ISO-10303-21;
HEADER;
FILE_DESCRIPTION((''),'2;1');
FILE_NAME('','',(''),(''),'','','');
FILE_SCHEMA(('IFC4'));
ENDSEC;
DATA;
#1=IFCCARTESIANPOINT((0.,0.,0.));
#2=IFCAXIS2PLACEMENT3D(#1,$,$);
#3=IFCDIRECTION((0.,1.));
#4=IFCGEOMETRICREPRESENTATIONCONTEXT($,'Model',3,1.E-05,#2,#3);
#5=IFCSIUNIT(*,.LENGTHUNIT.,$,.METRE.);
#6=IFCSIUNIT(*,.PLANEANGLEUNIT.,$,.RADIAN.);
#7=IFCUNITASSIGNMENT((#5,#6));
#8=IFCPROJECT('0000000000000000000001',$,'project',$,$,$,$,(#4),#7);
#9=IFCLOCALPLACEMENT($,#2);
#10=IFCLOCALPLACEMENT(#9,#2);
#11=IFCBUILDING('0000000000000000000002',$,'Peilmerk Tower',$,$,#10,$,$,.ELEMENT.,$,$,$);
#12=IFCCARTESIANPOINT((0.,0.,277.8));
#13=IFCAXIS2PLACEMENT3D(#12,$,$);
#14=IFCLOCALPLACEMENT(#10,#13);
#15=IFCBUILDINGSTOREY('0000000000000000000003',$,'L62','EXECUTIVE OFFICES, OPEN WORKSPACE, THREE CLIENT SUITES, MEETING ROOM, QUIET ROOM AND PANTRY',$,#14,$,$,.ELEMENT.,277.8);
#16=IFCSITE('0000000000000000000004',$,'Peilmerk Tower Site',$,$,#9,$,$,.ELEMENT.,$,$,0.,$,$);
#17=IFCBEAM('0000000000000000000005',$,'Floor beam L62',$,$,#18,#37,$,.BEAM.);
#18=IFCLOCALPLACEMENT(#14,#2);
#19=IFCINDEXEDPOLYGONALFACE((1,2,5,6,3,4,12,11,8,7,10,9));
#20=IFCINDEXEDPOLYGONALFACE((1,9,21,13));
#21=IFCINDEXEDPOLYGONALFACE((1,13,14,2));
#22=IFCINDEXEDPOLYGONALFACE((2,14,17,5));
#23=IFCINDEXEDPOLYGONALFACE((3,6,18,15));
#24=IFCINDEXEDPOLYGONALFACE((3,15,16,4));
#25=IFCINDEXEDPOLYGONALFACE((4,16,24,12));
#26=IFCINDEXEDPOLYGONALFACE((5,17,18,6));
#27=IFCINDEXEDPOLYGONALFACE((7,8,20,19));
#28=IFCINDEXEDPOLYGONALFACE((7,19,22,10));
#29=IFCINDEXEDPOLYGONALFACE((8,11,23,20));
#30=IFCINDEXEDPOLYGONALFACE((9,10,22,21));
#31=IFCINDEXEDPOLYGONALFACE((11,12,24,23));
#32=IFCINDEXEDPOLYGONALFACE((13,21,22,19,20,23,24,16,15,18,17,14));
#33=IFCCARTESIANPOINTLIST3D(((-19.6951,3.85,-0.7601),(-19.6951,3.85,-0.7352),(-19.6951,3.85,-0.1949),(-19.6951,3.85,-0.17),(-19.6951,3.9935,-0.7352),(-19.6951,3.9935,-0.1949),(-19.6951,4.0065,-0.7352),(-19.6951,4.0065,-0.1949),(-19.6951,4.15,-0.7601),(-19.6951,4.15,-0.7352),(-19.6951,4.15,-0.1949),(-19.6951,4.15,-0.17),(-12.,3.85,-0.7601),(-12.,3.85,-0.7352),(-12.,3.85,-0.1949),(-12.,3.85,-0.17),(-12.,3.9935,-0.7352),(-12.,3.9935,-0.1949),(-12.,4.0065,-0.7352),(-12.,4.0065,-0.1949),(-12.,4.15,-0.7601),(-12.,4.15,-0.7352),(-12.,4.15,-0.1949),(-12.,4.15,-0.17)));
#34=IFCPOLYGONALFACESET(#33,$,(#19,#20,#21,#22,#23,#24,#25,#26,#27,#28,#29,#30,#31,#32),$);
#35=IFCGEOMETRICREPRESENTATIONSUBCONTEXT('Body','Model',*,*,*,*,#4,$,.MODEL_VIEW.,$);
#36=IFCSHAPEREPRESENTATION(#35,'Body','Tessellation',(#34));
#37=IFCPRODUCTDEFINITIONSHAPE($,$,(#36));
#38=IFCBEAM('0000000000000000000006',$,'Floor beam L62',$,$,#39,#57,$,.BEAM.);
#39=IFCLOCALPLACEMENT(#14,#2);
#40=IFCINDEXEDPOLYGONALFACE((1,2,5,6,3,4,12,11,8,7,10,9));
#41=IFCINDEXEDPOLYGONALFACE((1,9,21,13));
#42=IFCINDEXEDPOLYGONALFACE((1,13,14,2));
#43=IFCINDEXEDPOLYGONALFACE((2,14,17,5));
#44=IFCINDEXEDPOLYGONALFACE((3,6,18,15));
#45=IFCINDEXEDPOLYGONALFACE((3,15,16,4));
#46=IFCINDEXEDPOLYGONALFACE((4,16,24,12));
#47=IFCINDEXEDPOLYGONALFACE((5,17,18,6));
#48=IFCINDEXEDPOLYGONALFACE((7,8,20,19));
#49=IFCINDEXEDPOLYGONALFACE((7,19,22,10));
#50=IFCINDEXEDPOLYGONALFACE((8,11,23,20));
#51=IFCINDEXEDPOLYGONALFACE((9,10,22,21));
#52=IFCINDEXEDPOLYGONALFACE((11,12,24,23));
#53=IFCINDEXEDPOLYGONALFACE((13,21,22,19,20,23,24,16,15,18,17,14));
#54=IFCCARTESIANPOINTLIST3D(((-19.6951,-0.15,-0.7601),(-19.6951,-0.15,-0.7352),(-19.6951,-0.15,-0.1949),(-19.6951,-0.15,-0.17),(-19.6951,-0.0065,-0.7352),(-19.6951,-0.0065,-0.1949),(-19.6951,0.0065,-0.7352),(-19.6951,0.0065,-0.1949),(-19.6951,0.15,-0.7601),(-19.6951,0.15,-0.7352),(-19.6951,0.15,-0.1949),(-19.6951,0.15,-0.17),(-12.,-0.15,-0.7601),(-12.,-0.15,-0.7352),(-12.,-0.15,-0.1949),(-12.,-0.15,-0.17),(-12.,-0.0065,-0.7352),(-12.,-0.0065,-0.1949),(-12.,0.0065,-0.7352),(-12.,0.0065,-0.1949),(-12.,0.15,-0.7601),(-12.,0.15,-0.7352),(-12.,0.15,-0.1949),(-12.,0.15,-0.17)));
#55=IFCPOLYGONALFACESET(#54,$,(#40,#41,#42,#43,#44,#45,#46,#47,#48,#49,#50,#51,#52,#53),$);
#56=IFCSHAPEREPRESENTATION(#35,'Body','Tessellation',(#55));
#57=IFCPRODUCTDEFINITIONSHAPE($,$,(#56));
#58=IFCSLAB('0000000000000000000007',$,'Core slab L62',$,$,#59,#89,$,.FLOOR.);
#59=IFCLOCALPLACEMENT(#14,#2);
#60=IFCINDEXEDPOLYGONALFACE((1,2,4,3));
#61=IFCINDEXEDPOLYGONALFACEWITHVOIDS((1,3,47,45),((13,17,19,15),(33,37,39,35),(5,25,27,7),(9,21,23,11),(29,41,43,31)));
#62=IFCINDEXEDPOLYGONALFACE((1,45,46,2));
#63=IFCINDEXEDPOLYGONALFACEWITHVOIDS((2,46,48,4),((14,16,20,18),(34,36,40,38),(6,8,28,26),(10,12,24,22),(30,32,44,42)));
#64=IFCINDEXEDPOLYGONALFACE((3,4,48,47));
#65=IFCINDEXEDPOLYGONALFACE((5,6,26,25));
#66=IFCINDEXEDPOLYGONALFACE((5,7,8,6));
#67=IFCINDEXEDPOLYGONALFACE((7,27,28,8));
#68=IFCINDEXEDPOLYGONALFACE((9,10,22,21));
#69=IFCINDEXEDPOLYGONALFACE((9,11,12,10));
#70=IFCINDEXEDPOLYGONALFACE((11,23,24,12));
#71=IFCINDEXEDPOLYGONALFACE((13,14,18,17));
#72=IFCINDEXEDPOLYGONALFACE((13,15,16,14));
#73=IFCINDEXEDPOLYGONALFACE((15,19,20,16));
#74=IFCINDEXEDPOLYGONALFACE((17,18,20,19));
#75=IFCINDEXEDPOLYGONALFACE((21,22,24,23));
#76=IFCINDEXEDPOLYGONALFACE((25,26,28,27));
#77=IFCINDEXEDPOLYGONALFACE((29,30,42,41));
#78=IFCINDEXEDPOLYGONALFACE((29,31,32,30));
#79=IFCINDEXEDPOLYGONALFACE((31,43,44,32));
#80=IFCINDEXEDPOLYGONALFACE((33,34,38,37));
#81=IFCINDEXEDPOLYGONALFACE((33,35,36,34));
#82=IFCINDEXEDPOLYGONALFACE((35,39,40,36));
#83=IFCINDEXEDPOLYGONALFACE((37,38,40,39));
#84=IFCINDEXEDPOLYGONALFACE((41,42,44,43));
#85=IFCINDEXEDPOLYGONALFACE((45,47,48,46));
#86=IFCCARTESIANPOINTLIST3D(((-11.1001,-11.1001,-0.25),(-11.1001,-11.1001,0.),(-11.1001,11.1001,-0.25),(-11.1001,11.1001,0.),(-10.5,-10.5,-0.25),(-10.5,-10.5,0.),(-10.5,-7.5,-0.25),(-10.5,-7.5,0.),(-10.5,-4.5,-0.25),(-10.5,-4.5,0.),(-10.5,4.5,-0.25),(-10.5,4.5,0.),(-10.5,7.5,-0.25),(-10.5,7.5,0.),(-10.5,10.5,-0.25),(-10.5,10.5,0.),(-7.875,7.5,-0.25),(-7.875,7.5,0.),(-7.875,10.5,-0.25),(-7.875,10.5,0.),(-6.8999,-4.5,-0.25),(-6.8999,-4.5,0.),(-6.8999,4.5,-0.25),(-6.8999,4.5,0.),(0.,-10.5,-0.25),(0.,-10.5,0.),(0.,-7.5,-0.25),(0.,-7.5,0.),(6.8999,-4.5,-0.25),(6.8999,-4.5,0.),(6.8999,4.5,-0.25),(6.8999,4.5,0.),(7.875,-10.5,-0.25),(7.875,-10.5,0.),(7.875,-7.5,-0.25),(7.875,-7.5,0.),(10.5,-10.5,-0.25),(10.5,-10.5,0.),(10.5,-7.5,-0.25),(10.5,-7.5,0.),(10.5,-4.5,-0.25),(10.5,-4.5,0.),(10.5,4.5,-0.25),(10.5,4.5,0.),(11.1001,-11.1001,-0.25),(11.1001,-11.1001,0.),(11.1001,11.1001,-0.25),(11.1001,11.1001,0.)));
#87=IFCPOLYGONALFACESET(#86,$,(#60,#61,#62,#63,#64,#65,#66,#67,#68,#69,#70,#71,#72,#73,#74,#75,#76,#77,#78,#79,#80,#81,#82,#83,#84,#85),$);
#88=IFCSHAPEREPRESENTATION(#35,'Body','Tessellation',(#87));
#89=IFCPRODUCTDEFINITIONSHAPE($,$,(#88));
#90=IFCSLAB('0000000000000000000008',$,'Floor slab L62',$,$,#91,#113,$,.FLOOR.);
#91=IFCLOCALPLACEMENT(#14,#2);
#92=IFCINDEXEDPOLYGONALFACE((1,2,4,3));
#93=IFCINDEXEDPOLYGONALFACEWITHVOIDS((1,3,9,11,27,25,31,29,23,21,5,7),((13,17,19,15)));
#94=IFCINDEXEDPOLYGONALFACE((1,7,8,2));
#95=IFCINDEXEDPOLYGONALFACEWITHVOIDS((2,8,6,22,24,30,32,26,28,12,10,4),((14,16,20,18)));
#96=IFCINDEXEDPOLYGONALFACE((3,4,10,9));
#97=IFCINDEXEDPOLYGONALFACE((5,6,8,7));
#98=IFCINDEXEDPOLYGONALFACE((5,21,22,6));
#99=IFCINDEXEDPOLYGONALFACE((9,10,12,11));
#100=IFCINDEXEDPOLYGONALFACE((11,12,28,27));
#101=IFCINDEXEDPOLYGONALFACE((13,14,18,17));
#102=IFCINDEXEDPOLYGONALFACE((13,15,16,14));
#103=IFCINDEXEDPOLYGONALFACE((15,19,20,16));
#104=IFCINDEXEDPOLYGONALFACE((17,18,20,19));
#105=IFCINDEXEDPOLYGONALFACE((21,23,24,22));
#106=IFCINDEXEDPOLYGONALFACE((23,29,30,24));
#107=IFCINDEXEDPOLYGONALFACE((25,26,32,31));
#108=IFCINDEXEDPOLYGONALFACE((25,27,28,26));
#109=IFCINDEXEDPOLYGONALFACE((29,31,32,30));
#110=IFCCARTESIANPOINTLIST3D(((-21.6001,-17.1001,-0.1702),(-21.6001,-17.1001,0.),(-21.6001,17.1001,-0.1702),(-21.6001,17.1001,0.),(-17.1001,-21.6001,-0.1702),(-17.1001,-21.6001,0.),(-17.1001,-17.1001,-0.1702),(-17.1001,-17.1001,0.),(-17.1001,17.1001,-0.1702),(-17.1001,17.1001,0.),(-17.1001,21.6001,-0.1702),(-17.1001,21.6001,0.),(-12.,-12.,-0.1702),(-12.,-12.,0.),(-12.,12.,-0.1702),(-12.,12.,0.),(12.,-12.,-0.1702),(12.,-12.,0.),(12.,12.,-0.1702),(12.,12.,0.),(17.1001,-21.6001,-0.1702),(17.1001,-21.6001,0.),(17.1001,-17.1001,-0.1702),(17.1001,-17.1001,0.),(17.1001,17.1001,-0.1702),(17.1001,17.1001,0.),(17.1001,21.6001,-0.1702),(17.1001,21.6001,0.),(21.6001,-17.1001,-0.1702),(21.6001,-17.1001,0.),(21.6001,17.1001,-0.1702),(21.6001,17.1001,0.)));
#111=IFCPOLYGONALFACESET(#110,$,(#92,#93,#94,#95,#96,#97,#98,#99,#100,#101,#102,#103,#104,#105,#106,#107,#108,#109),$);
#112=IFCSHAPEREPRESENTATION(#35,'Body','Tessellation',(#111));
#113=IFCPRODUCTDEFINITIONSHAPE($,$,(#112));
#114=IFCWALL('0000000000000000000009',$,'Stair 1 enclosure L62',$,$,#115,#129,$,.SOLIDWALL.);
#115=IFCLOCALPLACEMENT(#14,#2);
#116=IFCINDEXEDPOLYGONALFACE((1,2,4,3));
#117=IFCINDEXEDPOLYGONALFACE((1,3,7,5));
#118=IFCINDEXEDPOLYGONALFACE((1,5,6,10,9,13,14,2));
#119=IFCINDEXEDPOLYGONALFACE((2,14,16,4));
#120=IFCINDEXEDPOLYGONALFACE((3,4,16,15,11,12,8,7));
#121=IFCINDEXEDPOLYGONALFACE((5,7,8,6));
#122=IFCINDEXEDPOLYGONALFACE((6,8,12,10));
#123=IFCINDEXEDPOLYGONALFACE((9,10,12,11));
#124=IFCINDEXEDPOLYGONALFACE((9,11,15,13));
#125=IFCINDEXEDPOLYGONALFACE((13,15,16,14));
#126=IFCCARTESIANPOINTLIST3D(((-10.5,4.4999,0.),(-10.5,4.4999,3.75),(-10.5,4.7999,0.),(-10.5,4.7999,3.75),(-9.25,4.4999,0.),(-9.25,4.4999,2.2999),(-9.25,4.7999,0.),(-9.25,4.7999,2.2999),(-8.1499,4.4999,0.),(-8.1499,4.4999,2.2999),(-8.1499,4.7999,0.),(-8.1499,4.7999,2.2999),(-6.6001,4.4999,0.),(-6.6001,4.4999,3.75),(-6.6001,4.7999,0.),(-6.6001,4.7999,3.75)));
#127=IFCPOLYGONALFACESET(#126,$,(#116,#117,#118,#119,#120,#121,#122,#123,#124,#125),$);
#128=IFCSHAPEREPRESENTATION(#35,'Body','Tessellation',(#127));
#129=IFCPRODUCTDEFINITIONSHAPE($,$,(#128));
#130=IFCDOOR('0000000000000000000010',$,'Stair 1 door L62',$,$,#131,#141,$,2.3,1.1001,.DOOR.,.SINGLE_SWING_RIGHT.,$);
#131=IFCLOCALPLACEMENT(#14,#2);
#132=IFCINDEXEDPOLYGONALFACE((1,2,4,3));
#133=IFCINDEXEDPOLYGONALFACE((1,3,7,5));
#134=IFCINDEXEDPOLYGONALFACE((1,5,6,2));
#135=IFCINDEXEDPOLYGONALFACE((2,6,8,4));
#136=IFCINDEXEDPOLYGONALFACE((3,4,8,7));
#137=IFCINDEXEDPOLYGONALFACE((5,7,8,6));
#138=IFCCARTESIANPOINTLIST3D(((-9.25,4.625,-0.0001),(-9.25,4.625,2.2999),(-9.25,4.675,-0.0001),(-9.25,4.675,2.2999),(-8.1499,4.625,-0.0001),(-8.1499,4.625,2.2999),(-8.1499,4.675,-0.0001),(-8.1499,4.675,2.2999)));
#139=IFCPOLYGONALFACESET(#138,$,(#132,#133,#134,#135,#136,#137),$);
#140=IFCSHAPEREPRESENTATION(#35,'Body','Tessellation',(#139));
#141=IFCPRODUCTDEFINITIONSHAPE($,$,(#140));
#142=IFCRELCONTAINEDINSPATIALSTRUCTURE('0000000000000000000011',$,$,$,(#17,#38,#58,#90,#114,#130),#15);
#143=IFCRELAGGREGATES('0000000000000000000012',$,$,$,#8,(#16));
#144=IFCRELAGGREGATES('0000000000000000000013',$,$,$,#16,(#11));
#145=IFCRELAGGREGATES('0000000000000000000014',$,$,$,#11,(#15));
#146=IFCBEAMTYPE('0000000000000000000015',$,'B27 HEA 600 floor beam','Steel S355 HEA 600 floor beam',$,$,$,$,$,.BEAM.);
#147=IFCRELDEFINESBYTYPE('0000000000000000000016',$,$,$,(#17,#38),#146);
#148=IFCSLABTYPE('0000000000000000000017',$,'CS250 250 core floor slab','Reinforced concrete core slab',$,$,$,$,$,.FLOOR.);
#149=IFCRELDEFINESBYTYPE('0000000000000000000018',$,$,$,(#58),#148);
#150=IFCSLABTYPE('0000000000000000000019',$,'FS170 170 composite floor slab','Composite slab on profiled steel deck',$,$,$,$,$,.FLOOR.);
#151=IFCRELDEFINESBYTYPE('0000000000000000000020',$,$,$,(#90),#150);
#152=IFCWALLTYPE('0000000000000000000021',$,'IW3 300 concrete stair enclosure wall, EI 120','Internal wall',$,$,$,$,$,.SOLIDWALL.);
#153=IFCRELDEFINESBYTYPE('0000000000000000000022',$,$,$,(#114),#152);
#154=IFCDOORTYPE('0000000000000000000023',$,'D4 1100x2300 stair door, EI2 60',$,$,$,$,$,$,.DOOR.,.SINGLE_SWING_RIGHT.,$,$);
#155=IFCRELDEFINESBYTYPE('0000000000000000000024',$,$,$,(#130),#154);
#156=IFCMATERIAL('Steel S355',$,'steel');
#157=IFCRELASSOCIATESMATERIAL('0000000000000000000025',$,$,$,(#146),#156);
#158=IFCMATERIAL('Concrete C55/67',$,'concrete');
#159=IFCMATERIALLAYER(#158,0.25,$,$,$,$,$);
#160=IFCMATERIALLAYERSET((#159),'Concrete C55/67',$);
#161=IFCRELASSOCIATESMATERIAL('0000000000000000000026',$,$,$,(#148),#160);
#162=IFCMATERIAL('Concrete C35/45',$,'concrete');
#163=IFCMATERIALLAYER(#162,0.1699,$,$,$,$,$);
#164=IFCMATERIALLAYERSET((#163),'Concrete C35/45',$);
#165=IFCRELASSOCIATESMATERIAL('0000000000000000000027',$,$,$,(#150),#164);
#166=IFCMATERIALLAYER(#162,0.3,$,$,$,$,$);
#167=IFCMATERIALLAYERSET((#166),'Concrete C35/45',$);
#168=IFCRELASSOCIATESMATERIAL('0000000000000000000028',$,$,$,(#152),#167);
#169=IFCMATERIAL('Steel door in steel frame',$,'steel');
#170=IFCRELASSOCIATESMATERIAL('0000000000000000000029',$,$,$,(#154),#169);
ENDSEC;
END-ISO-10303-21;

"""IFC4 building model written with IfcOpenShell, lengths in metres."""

from ifc_helpers import new_model, si_unit, direction, frame, frame_2d, origin, origin_2d, place, context, subcontext, project, spatial, polyline, rectangle, i_section, outline, extrude, material, layer, layer_set, material_profile, profile_set, type_object, element, fill, save


model = new_model("IFC4")

# Units and contexts
model_context = context("Model", 3, precision=1e-05, world=origin(), true_north=direction((0.0, 1.0)))
body_context = subcontext(model_context, "Body", "Model", "MODEL_VIEW")
ifc_project = project(units=[si_unit("LENGTHUNIT", "METRE"), si_unit("PLANEANGLEUNIT", "RADIAN")], contexts=[model_context])

# Site, building, storey
site_placement = place(None, origin())
site = spatial("IfcSite", under=ifc_project, at=site_placement, Name="Peilmerk Tower Site", CompositionType="ELEMENT", RefElevation=0.0)
building_placement = place(site_placement, origin())
building = spatial("IfcBuilding", under=site, at=building_placement, Name="Peilmerk Tower", CompositionType="ELEMENT")
storey_placement = place(building_placement, frame((0.0, 0.0, 277.8)))
storey = spatial("IfcBuildingStorey", under=building, at=storey_placement, Name="L62", Description="EXECUTIVE OFFICES, OPEN WORKSPACE, THREE CLIENT SUITES, MEETING ROOM, QUIET ROOM AND PANTRY", CompositionType="ELEMENT", Elevation=277.8)

# Beams
ifc_material_1 = material(Name="Steel S355", Category="steel")
ifc_material_profile = material_profile(ifc_material_1, i_section(OverallWidth=0.3, OverallDepth=0.5901, WebThickness=0.0129, FlangeThickness=0.0249, at=origin_2d()), Name="HEA 600")
ifc_profile_set = profile_set([ifc_material_profile], Name="Steel S355")
beam_type = type_object("IfcBeamType", Name="B27 HEA 600 floor beam", Description="Steel S355 HEA 600 floor beam", PredefinedType="BEAM", material=ifc_profile_set)
for number, where, z_axis, x_axis, name in (
    (1, (-12.0, 4.0, -0.4651), (-1.0, 0.0, 0.0), (0.0, -1.0, 0.0), "Floor beam L62"),
    (2, (-12.0, 0.0, -0.4651), (-1.0, 0.0, 0.0), (0.0, -1.0, 0.0), "Floor beam L62"),
):
    element("IfcBeam", number, at=place(storey_placement, frame(where, z_axis=z_axis, x_axis=x_axis)), inside=storey, type_object=beam_type, Name=name, PredefinedType="BEAM", context=body_context, shape_type="SweptSolid", body=[
        extrude(i_section(OverallWidth=0.3, OverallDepth=0.5901, WebThickness=0.0129, FlangeThickness=0.0249, at=origin_2d()), origin(), (0.0, 0.0, 1.0), 7.6951),
    ])

# Slabs
ifc_material_2 = material(Name="Concrete C55/67", Category="concrete")
ifc_layer_1 = layer(ifc_material_2, 0.25)
ifc_layer_set_1 = layer_set([ifc_layer_1], Name="Concrete C55/67")
slab_type_1 = type_object("IfcSlabType", Name="CS250 250 core floor slab", Description="Reinforced concrete core slab", PredefinedType="FLOOR", material=ifc_layer_set_1)
slab_1_placement = place(storey_placement, frame((0.0, 0.0, -0.25)))
element("IfcSlab", 3, at=slab_1_placement, inside=storey, type_object=slab_type_1, Name="Core slab L62", PredefinedType="FLOOR", context=body_context, shape_type="SweptSolid", body=[
    extrude(outline(polyline([(11.1001, -11.1001), (11.1001, 11.1001), (-11.1001, 11.1001), (-11.1001, -11.1001), (11.1001, -11.1001)]), holes=[polyline([(-7.875, 7.5), (-10.5, 7.5), (-10.5, 10.5), (-7.875, 10.5), (-7.875, 7.5)]), polyline([(0.0, -10.5), (-10.5, -10.5), (-10.5, -7.5), (0.0, -7.5), (0.0, -10.5)]), polyline([(7.875, -10.5), (7.875, -7.5), (10.5, -7.5), (10.5, -10.5), (7.875, -10.5)]), polyline([(-10.5, 4.5), (-6.8999, 4.5), (-6.8999, -4.5), (-10.5, -4.5), (-10.5, 4.5)]), polyline([(10.5, 4.5), (10.5, -4.5), (6.8999, -4.5), (6.8999, 4.5), (10.5, 4.5)])]), origin(), (0.0, 0.0, 1.0), 0.25),
])
ifc_material_3 = material(Name="Concrete C35/45", Category="concrete")
ifc_layer_2 = layer(ifc_material_3, 0.1699)
ifc_layer_set_2 = layer_set([ifc_layer_2], Name="Concrete C35/45")
slab_type_2 = type_object("IfcSlabType", Name="FS170 170 composite floor slab", Description="Composite slab on profiled steel deck", PredefinedType="FLOOR", material=ifc_layer_set_2)
slab_2_placement = place(storey_placement, frame((0.0, 0.0, -0.1702)))
element("IfcSlab", 4, at=slab_2_placement, inside=storey, type_object=slab_type_2, Name="Floor slab L62", PredefinedType="FLOOR", context=body_context, shape_type="SweptSolid", body=[
    extrude(outline(polyline([(-17.1001, -21.6001), (17.1001, -21.6001), (17.1001, -17.1001), (21.6001, -17.1001), (21.6001, 17.1001), (17.1001, 17.1001), (17.1001, 21.6001), (-17.1001, 21.6001), (-17.1001, 17.1001), (-21.6001, 17.1001), (-21.6001, -17.1001), (-17.1001, -17.1001), (-17.1001, -21.6001)]), holes=[polyline([(12.0, 12.0), (12.0, -12.0), (-12.0, -12.0), (-12.0, 12.0), (12.0, 12.0)])]), origin(), (0.0, 0.0, 1.0), 0.1702),
])

# Wall, opening, door
ifc_layer_3 = layer(ifc_material_3, 0.3)
ifc_layer_set_3 = layer_set([ifc_layer_3], Name="Concrete C35/45")
wall_type_1 = type_object("IfcWallType", Name="IW3 300 concrete stair enclosure wall, EI 120", Description="Internal wall", PredefinedType="SOLIDWALL", material=ifc_layer_set_3)
wall_1_placement = place(storey_placement, frame((-10.5, 4.6499, 0.0), z_axis=(0.0, 0.0, 1.0), x_axis=(1.0, 0.0, 0.0)))
wall_1 = element("IfcWall", 5, at=wall_1_placement, inside=storey, type_object=wall_type_1, Name="Stair 1 enclosure L62", PredefinedType="SOLIDWALL", context=body_context, shape_type="SweptSolid", body=[
    extrude(rectangle(XDim=3.8999, YDim=0.3, at=frame_2d((1.95, 0.0))), origin(), (0.0, 0.0, 1.0), 3.75),
])
opening_1_placement = place(wall_1_placement, frame((1.25, 0.0, 0.0)))
opening_1 = element("IfcOpeningElement", 6, at=opening_1_placement, cuts=wall_1, PredefinedType="OPENING", context=body_context, shape_type="SweptSolid", body=[
    extrude(rectangle(XDim=1.1001, YDim=2.3, at=frame_2d((0.55, 1.1499))), frame((0.0, 0.1599, 0.0), z_axis=(0.0, -1.0, 0.0), x_axis=(1.0, 0.0, 0.0)), (0.0, 0.0, 1.0), 0.3201),
])
ifc_material_4 = material(Name="Steel door in steel frame", Category="steel")
door_type_1 = type_object("IfcDoorType", Name="D4 1100x2300 stair door, EI2 60", OperationType="SINGLE_SWING_RIGHT", PredefinedType="DOOR", material=ifc_material_4)
door_1_placement = place(opening_1_placement, frame((1.1001, 0.0, 0.0), z_axis=(0.0, 0.0, 1.0), x_axis=(-1.0, 0.0, 0.0)))
door_1 = element("IfcDoor", 7, at=door_1_placement, inside=storey, type_object=door_type_1, Name="Stair 1 door L62", OperationType="SINGLE_SWING_RIGHT", OverallHeight=2.3, OverallWidth=1.1001, PredefinedType="DOOR", context=body_context, shape_type="SweptSolid", body=[
    extrude(rectangle(XDim=1.1001, YDim=2.3, at=frame_2d((0.55, 1.1499))), frame((0.0, 0.0249, 0.0), z_axis=(0.0, -1.0, 0.0), x_axis=(1.0, 0.0, 0.0)), (0.0, 0.0, 1.0), 0.05),
])
fill(opening_1, door_1)

save(model, "model.ifc")
